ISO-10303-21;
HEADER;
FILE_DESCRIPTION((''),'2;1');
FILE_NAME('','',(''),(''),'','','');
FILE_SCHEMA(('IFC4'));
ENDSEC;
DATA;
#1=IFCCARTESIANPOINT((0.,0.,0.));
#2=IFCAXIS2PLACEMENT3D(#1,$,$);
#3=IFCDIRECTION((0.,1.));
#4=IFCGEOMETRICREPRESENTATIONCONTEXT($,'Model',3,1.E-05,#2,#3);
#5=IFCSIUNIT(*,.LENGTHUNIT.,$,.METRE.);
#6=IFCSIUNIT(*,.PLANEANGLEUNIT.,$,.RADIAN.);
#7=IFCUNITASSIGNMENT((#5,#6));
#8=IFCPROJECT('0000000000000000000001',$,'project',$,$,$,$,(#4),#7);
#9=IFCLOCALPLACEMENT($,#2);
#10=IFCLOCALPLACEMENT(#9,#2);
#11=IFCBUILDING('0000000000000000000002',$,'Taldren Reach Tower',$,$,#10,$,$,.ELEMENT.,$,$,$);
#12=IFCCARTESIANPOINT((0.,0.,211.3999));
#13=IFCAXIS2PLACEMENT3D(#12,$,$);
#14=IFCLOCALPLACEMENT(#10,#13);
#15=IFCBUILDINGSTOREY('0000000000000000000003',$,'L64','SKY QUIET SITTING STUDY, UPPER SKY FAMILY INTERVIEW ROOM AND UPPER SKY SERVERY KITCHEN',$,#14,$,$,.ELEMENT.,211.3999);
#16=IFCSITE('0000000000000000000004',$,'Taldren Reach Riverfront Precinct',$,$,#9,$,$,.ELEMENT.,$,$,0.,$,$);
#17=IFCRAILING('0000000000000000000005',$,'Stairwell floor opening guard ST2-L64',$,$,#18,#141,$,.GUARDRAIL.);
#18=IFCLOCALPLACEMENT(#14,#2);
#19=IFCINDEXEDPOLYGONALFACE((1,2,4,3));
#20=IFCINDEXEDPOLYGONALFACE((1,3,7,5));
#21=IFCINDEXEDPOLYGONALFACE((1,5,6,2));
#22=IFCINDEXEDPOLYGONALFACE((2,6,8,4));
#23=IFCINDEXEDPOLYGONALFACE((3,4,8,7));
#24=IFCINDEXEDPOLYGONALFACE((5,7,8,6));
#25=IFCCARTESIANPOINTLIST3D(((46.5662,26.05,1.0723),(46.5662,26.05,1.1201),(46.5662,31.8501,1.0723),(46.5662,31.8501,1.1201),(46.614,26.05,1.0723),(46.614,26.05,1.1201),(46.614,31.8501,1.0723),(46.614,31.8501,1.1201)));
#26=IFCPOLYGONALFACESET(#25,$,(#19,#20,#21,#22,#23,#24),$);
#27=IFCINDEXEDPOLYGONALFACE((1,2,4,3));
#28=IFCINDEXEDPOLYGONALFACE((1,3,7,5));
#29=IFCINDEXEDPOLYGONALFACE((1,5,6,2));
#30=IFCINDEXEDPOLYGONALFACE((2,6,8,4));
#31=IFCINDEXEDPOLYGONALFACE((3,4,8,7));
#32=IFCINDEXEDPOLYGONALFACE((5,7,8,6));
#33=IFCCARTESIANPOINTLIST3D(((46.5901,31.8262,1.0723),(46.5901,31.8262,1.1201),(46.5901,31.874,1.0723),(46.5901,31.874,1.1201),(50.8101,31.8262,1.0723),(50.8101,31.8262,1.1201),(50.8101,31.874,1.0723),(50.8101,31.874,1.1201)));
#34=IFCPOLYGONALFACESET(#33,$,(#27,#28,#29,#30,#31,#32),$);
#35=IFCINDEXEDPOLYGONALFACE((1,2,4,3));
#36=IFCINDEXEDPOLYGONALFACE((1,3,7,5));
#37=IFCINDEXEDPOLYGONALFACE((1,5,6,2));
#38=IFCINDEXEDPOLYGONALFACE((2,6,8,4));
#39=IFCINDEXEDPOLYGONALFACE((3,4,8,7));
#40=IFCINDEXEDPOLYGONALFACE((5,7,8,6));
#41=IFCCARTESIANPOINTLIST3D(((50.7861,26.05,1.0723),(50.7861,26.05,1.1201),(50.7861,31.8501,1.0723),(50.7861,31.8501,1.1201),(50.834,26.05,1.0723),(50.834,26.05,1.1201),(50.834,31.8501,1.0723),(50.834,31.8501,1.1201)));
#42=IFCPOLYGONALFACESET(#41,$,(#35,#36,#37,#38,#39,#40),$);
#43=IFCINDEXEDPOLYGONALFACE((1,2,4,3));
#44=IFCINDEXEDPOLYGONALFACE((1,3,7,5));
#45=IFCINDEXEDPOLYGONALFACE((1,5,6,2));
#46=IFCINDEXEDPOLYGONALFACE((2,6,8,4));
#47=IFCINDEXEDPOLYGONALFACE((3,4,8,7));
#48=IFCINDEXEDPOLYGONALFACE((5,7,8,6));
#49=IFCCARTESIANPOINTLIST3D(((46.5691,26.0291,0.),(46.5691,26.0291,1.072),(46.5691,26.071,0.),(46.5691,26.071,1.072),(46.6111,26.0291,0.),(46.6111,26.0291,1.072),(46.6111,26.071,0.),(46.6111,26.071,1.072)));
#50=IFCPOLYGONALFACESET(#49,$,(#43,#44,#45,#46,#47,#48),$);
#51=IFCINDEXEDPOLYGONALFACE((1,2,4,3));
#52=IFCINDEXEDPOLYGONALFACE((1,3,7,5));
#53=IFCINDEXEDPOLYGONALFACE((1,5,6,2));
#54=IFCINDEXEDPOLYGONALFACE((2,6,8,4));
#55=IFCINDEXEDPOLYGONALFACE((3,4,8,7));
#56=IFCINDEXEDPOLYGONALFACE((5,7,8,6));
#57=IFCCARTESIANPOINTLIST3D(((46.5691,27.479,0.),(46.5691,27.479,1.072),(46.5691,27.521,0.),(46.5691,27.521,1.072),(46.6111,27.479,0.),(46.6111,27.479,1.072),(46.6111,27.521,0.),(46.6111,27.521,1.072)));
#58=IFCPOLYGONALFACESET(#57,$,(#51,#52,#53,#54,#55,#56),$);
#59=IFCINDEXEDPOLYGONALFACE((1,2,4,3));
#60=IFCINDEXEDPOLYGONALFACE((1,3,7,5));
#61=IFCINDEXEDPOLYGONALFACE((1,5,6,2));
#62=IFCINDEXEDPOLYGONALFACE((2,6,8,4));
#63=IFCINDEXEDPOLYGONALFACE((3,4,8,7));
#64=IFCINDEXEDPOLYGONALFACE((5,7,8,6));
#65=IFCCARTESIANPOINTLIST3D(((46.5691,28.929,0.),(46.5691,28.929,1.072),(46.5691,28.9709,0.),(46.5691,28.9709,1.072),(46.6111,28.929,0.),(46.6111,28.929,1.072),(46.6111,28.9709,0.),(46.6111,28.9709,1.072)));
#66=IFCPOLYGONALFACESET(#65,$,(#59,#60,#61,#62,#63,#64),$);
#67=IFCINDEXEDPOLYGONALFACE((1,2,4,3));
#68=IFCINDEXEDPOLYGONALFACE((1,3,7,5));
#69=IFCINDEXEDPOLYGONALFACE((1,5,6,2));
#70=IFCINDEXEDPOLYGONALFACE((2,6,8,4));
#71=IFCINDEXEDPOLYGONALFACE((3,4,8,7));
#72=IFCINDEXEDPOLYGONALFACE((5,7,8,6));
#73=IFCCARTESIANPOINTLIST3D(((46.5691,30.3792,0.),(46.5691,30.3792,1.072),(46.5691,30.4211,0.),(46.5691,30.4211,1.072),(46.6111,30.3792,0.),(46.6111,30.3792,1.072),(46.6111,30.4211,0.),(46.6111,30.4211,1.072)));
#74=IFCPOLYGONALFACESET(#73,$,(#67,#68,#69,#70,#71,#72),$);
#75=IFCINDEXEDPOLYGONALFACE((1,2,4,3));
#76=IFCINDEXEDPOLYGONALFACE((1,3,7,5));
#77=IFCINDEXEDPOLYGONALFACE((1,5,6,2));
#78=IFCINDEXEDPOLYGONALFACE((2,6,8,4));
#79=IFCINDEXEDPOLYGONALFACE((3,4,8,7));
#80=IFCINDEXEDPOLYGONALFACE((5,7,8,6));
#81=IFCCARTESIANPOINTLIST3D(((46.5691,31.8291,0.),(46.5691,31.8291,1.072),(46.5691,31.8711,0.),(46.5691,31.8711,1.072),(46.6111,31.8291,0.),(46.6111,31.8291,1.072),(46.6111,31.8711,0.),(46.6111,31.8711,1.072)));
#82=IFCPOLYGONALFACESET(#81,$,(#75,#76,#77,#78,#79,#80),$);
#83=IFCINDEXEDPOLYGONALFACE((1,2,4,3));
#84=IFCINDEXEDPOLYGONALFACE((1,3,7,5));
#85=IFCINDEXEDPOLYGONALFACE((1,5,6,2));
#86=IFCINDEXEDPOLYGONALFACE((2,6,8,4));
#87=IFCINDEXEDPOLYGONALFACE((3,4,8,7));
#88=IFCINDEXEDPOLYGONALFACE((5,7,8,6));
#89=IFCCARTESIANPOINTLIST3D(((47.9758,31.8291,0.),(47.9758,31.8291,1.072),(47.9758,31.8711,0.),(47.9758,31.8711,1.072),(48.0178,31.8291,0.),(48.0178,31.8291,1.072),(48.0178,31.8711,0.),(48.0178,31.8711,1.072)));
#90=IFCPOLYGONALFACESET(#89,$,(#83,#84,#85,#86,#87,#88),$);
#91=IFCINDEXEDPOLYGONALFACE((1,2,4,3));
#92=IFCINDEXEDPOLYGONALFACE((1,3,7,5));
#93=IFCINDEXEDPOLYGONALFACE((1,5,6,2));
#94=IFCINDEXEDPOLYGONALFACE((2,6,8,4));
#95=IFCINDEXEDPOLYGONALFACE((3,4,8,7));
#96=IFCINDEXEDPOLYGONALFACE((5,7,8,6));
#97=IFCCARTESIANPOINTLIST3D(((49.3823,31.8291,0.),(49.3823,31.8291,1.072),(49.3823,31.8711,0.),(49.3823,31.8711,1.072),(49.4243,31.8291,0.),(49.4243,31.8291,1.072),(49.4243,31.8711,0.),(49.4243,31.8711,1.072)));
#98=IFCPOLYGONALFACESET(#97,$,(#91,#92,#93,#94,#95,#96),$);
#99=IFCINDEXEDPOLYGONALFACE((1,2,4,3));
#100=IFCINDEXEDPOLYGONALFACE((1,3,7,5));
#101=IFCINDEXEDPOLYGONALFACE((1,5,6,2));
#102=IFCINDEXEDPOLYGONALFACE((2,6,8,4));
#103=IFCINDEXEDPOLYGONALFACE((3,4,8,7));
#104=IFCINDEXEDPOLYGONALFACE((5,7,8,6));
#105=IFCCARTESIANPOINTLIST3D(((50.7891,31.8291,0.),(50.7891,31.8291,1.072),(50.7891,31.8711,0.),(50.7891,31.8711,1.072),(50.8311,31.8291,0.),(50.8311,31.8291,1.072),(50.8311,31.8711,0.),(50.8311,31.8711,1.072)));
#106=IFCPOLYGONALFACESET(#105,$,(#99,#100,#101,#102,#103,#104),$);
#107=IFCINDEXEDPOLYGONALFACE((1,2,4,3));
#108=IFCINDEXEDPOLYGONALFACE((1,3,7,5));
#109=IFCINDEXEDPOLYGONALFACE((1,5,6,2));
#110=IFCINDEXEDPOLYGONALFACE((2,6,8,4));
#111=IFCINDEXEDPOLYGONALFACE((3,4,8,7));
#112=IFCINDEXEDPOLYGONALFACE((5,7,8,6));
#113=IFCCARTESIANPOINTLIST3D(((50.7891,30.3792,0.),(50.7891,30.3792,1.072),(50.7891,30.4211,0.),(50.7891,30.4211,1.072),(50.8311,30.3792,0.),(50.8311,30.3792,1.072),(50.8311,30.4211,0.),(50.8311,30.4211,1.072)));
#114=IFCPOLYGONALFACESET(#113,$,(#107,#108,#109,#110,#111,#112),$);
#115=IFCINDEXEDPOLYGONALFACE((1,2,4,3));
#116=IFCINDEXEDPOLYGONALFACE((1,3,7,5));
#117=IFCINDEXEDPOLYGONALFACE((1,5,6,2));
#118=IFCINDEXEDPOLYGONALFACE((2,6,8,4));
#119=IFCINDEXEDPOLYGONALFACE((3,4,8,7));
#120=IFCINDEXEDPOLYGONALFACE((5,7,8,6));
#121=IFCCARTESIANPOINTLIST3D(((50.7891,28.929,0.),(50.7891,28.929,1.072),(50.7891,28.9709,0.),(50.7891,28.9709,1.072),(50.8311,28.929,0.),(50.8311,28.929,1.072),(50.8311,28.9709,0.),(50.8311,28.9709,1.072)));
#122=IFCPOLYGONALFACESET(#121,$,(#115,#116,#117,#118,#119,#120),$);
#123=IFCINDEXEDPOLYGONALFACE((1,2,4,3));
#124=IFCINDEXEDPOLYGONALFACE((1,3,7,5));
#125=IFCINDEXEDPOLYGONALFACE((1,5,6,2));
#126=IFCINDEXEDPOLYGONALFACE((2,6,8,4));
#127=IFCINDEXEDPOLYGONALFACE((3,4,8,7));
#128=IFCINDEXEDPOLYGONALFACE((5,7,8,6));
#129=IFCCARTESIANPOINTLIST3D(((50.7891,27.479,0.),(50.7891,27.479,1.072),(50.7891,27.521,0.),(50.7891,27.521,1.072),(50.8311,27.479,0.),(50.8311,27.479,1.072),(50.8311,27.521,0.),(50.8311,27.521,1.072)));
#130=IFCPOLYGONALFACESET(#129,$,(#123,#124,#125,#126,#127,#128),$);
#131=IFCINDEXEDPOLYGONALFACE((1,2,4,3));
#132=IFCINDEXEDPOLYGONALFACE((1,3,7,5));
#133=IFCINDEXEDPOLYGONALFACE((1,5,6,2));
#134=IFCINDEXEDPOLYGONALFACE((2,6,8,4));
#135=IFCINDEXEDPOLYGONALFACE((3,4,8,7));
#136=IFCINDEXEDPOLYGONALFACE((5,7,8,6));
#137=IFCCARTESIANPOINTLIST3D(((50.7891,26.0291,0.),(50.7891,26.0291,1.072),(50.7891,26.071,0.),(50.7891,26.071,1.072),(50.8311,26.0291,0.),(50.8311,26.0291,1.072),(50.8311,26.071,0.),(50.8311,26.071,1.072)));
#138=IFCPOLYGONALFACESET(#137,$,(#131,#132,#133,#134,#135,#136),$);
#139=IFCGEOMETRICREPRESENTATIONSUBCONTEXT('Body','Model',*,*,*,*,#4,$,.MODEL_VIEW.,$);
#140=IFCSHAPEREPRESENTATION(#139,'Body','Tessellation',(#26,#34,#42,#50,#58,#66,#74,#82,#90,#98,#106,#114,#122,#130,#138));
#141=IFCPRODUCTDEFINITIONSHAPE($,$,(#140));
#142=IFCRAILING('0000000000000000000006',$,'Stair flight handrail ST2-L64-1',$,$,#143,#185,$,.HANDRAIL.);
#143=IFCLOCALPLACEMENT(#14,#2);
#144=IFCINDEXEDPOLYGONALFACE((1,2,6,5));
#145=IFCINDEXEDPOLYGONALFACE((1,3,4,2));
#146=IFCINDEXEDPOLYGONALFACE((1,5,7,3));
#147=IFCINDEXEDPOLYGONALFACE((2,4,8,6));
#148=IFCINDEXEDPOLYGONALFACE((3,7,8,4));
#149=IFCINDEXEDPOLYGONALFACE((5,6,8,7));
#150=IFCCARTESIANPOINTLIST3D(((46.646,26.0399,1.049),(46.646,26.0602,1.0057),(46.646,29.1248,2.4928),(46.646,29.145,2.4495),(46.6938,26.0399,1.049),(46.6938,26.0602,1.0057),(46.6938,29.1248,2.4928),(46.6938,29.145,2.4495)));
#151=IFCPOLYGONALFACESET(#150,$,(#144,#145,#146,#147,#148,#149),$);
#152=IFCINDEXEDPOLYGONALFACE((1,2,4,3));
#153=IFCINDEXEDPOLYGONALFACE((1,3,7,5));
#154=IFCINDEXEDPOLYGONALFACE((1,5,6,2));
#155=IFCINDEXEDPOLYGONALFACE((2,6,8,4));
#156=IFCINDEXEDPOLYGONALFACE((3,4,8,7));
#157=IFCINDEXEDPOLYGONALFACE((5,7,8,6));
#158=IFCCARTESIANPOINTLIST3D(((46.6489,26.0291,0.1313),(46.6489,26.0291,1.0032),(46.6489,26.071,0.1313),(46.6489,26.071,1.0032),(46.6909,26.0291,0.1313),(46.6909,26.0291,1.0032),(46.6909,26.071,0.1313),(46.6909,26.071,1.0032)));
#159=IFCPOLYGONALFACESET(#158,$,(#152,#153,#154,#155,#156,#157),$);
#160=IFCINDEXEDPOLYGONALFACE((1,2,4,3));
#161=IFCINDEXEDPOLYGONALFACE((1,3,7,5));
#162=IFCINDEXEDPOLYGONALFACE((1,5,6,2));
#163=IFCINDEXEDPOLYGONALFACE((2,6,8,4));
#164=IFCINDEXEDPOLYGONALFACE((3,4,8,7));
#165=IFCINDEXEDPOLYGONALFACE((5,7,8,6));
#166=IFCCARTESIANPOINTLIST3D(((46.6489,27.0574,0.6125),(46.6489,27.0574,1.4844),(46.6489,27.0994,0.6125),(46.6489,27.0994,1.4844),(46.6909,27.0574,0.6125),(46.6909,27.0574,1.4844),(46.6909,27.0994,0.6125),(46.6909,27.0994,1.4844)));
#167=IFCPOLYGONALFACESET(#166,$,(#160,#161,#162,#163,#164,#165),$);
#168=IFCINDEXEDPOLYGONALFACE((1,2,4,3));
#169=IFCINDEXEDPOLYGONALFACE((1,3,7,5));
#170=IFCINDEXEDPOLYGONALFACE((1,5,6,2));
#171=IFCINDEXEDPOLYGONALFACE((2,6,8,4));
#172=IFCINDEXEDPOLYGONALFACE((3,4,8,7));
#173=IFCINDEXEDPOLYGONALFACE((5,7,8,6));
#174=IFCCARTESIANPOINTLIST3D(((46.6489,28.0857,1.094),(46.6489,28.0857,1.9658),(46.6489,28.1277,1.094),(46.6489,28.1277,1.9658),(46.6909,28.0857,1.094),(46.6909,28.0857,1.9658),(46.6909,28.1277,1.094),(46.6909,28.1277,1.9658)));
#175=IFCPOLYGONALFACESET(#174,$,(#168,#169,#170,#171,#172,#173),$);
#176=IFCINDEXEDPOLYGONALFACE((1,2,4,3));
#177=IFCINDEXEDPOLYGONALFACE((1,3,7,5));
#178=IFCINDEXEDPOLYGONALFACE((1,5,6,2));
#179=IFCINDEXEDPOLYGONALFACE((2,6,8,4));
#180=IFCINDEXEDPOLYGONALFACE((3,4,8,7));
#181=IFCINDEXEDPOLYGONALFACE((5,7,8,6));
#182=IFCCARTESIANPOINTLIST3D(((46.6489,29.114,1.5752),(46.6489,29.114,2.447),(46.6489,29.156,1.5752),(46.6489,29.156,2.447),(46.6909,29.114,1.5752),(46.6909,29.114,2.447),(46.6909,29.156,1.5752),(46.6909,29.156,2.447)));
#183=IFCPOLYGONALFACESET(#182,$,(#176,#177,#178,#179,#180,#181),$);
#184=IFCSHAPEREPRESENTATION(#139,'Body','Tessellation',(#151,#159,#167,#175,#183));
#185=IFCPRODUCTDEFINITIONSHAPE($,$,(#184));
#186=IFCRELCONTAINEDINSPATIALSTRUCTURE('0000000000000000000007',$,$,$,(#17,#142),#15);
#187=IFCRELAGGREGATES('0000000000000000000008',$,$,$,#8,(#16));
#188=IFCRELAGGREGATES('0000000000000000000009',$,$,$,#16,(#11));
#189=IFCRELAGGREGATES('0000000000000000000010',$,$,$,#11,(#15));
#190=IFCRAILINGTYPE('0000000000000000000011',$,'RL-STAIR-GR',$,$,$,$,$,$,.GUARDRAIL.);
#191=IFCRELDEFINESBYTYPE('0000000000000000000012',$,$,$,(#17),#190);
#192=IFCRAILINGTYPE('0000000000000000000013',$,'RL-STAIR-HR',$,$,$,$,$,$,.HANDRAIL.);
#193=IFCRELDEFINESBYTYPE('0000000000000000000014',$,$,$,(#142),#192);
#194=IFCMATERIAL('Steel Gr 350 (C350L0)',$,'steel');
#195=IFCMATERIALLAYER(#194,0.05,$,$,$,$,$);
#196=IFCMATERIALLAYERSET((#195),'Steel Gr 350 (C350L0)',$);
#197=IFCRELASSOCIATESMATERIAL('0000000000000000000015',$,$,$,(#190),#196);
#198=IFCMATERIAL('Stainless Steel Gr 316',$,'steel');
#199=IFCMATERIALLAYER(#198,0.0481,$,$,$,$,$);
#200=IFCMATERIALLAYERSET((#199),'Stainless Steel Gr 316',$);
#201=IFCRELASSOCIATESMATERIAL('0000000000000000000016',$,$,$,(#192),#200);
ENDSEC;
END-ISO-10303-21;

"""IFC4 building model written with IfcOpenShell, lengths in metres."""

from ifc_helpers import new_model, si_unit, direction, frame, origin, origin_2d, place, context, subcontext, project, spatial, rectangle, extrude, material, layer, layer_set, type_object, element, save


model = new_model("IFC4")

# Units and contexts
model_context = context("Model", 3, precision=1e-05, world=origin(), true_north=direction((0.0, 1.0)))
body_context = subcontext(model_context, "Body", "Model", "MODEL_VIEW")
ifc_project = project(units=[si_unit("LENGTHUNIT", "METRE"), si_unit("PLANEANGLEUNIT", "RADIAN")], contexts=[model_context])

# Site, building, storey
site_placement = place(None, origin())
site = spatial("IfcSite", under=ifc_project, at=site_placement, Name="Taldren Reach Riverfront Precinct", CompositionType="ELEMENT", RefElevation=0.0)
building_placement = place(site_placement, origin())
building = spatial("IfcBuilding", under=site, at=building_placement, Name="Taldren Reach Tower", CompositionType="ELEMENT")
storey_placement = place(building_placement, frame((0.0, 0.0, 211.3999)))
storey = spatial("IfcBuildingStorey", under=building, at=storey_placement, Name="L64", Description="SKY QUIET SITTING STUDY, UPPER SKY FAMILY INTERVIEW ROOM AND UPPER SKY SERVERY KITCHEN", CompositionType="ELEMENT", Elevation=211.3999)

# Shared definitions
ifc_material_1 = material(Name="Steel Gr 350 (C350L0)", Category="steel")

# Railings
ifc_layer_1 = layer(ifc_material_1, 0.05)
ifc_layer_set_1 = layer_set([ifc_layer_1], Name="Steel Gr 350 (C350L0)")
railing_type_1 = type_object("IfcRailingType", Name="RL-STAIR-GR", PredefinedType="GUARDRAIL", material=ifc_layer_set_1)
railing_1_placement = place(storey_placement, frame((46.5901, 26.05, 0.0)))
element("IfcRailing", 1, at=railing_1_placement, inside=storey, type_object=railing_type_1, Name="Stairwell floor opening guard ST2-L64", PredefinedType="GUARDRAIL", context=body_context, shape_type="SweptSolid", body=[
    extrude(rectangle(XDim=0.0479, YDim=0.0479, at=origin_2d()), frame((0.0, 0.0, 1.0962), z_axis=(0.0, 1.0, 0.0), x_axis=(-1.0, 0.0, 0.0)), (0.0, 0.0, 1.0), 5.8),
    extrude(rectangle(XDim=0.0479, YDim=0.0479, at=origin_2d()), frame((0.0, 5.8, 1.0962), z_axis=(1.0, 0.0, 0.0), x_axis=(0.0, 1.0, 0.0)), (0.0, 0.0, 1.0), 4.22),
    extrude(rectangle(XDim=0.0479, YDim=0.0479, at=origin_2d()), frame((4.22, 5.8, 1.0962), z_axis=(0.0, -1.0, 0.0), x_axis=(1.0, 0.0, 0.0)), (0.0, 0.0, 1.0), 5.8),
    extrude(rectangle(XDim=0.042, YDim=0.042, at=origin_2d()), origin(), (0.0, 0.0, 1.0), 1.072),
    extrude(rectangle(XDim=0.042, YDim=0.042, at=origin_2d()), frame((0.0, 1.45, 0.0)), (0.0, 0.0, 1.0), 1.072),
    extrude(rectangle(XDim=0.042, YDim=0.042, at=origin_2d()), frame((0.0, 2.8999, 0.0)), (0.0, 0.0, 1.0), 1.072),
    extrude(rectangle(XDim=0.042, YDim=0.042, at=origin_2d()), frame((0.0, 4.3501, 0.0)), (0.0, 0.0, 1.0), 1.072),
    extrude(rectangle(XDim=0.042, YDim=0.042, at=origin_2d()), frame((0.0, 5.8, 0.0)), (0.0, 0.0, 1.0), 1.072),
    extrude(rectangle(XDim=0.042, YDim=0.042, at=origin_2d()), frame((1.4067, 5.8, 0.0)), (0.0, 0.0, 1.0), 1.072),
    extrude(rectangle(XDim=0.042, YDim=0.042, at=origin_2d()), frame((2.8132, 5.8, 0.0)), (0.0, 0.0, 1.0), 1.072),
    extrude(rectangle(XDim=0.042, YDim=0.042, at=origin_2d()), frame((4.22, 5.8, 0.0)), (0.0, 0.0, 1.0), 1.072),
    extrude(rectangle(XDim=0.042, YDim=0.042, at=origin_2d()), frame((4.22, 4.3501, 0.0)), (0.0, 0.0, 1.0), 1.072),
    extrude(rectangle(XDim=0.042, YDim=0.042, at=origin_2d()), frame((4.22, 2.8999, 0.0)), (0.0, 0.0, 1.0), 1.072),
    extrude(rectangle(XDim=0.042, YDim=0.042, at=origin_2d()), frame((4.22, 1.45, 0.0)), (0.0, 0.0, 1.0), 1.072),
    extrude(rectangle(XDim=0.042, YDim=0.042, at=origin_2d()), frame((4.22, 0.0, 0.0)), (0.0, 0.0, 1.0), 1.072),
])
ifc_material_2 = material(Name="Stainless Steel Gr 316", Category="steel")
ifc_layer_2 = layer(ifc_material_2, 0.0481)
ifc_layer_set_2 = layer_set([ifc_layer_2], Name="Stainless Steel Gr 316")
railing_type_2 = type_object("IfcRailingType", Name="RL-STAIR-HR", PredefinedType="HANDRAIL", material=ifc_layer_set_2)
railing_2_placement = place(storey_placement, frame((46.6699, 26.05, 0.1313)))
element("IfcRailing", 2, at=railing_2_placement, inside=storey, type_object=railing_type_2, Name="Stair flight handrail ST2-L64-1", PredefinedType="HANDRAIL", context=body_context, shape_type="SweptSolid", body=[
    extrude(rectangle(XDim=0.0479, YDim=0.0479, at=origin_2d()), frame((0.0, 0.0, 0.896), z_axis=(0.0, 0.90571, 0.423898), x_axis=(-1.0, 0.0, 0.0)), (0.0, 0.0, 1.0), 3.406),
    extrude(rectangle(XDim=0.042, YDim=0.042, at=origin_2d()), origin(), (0.0, 0.0, 1.0), 0.8718),
    extrude(rectangle(XDim=0.042, YDim=0.042, at=origin_2d()), frame((0.0, 1.0283, 0.4812)), (0.0, 0.0, 1.0), 0.8718),
    extrude(rectangle(XDim=0.042, YDim=0.042, at=origin_2d()), frame((0.0, 2.0566, 0.9626)), (0.0, 0.0, 1.0), 0.8718),
    extrude(rectangle(XDim=0.042, YDim=0.042, at=origin_2d()), frame((0.0, 3.085, 1.4438)), (0.0, 0.0, 1.0), 0.8718),
])

save(model, "model.ifc")
